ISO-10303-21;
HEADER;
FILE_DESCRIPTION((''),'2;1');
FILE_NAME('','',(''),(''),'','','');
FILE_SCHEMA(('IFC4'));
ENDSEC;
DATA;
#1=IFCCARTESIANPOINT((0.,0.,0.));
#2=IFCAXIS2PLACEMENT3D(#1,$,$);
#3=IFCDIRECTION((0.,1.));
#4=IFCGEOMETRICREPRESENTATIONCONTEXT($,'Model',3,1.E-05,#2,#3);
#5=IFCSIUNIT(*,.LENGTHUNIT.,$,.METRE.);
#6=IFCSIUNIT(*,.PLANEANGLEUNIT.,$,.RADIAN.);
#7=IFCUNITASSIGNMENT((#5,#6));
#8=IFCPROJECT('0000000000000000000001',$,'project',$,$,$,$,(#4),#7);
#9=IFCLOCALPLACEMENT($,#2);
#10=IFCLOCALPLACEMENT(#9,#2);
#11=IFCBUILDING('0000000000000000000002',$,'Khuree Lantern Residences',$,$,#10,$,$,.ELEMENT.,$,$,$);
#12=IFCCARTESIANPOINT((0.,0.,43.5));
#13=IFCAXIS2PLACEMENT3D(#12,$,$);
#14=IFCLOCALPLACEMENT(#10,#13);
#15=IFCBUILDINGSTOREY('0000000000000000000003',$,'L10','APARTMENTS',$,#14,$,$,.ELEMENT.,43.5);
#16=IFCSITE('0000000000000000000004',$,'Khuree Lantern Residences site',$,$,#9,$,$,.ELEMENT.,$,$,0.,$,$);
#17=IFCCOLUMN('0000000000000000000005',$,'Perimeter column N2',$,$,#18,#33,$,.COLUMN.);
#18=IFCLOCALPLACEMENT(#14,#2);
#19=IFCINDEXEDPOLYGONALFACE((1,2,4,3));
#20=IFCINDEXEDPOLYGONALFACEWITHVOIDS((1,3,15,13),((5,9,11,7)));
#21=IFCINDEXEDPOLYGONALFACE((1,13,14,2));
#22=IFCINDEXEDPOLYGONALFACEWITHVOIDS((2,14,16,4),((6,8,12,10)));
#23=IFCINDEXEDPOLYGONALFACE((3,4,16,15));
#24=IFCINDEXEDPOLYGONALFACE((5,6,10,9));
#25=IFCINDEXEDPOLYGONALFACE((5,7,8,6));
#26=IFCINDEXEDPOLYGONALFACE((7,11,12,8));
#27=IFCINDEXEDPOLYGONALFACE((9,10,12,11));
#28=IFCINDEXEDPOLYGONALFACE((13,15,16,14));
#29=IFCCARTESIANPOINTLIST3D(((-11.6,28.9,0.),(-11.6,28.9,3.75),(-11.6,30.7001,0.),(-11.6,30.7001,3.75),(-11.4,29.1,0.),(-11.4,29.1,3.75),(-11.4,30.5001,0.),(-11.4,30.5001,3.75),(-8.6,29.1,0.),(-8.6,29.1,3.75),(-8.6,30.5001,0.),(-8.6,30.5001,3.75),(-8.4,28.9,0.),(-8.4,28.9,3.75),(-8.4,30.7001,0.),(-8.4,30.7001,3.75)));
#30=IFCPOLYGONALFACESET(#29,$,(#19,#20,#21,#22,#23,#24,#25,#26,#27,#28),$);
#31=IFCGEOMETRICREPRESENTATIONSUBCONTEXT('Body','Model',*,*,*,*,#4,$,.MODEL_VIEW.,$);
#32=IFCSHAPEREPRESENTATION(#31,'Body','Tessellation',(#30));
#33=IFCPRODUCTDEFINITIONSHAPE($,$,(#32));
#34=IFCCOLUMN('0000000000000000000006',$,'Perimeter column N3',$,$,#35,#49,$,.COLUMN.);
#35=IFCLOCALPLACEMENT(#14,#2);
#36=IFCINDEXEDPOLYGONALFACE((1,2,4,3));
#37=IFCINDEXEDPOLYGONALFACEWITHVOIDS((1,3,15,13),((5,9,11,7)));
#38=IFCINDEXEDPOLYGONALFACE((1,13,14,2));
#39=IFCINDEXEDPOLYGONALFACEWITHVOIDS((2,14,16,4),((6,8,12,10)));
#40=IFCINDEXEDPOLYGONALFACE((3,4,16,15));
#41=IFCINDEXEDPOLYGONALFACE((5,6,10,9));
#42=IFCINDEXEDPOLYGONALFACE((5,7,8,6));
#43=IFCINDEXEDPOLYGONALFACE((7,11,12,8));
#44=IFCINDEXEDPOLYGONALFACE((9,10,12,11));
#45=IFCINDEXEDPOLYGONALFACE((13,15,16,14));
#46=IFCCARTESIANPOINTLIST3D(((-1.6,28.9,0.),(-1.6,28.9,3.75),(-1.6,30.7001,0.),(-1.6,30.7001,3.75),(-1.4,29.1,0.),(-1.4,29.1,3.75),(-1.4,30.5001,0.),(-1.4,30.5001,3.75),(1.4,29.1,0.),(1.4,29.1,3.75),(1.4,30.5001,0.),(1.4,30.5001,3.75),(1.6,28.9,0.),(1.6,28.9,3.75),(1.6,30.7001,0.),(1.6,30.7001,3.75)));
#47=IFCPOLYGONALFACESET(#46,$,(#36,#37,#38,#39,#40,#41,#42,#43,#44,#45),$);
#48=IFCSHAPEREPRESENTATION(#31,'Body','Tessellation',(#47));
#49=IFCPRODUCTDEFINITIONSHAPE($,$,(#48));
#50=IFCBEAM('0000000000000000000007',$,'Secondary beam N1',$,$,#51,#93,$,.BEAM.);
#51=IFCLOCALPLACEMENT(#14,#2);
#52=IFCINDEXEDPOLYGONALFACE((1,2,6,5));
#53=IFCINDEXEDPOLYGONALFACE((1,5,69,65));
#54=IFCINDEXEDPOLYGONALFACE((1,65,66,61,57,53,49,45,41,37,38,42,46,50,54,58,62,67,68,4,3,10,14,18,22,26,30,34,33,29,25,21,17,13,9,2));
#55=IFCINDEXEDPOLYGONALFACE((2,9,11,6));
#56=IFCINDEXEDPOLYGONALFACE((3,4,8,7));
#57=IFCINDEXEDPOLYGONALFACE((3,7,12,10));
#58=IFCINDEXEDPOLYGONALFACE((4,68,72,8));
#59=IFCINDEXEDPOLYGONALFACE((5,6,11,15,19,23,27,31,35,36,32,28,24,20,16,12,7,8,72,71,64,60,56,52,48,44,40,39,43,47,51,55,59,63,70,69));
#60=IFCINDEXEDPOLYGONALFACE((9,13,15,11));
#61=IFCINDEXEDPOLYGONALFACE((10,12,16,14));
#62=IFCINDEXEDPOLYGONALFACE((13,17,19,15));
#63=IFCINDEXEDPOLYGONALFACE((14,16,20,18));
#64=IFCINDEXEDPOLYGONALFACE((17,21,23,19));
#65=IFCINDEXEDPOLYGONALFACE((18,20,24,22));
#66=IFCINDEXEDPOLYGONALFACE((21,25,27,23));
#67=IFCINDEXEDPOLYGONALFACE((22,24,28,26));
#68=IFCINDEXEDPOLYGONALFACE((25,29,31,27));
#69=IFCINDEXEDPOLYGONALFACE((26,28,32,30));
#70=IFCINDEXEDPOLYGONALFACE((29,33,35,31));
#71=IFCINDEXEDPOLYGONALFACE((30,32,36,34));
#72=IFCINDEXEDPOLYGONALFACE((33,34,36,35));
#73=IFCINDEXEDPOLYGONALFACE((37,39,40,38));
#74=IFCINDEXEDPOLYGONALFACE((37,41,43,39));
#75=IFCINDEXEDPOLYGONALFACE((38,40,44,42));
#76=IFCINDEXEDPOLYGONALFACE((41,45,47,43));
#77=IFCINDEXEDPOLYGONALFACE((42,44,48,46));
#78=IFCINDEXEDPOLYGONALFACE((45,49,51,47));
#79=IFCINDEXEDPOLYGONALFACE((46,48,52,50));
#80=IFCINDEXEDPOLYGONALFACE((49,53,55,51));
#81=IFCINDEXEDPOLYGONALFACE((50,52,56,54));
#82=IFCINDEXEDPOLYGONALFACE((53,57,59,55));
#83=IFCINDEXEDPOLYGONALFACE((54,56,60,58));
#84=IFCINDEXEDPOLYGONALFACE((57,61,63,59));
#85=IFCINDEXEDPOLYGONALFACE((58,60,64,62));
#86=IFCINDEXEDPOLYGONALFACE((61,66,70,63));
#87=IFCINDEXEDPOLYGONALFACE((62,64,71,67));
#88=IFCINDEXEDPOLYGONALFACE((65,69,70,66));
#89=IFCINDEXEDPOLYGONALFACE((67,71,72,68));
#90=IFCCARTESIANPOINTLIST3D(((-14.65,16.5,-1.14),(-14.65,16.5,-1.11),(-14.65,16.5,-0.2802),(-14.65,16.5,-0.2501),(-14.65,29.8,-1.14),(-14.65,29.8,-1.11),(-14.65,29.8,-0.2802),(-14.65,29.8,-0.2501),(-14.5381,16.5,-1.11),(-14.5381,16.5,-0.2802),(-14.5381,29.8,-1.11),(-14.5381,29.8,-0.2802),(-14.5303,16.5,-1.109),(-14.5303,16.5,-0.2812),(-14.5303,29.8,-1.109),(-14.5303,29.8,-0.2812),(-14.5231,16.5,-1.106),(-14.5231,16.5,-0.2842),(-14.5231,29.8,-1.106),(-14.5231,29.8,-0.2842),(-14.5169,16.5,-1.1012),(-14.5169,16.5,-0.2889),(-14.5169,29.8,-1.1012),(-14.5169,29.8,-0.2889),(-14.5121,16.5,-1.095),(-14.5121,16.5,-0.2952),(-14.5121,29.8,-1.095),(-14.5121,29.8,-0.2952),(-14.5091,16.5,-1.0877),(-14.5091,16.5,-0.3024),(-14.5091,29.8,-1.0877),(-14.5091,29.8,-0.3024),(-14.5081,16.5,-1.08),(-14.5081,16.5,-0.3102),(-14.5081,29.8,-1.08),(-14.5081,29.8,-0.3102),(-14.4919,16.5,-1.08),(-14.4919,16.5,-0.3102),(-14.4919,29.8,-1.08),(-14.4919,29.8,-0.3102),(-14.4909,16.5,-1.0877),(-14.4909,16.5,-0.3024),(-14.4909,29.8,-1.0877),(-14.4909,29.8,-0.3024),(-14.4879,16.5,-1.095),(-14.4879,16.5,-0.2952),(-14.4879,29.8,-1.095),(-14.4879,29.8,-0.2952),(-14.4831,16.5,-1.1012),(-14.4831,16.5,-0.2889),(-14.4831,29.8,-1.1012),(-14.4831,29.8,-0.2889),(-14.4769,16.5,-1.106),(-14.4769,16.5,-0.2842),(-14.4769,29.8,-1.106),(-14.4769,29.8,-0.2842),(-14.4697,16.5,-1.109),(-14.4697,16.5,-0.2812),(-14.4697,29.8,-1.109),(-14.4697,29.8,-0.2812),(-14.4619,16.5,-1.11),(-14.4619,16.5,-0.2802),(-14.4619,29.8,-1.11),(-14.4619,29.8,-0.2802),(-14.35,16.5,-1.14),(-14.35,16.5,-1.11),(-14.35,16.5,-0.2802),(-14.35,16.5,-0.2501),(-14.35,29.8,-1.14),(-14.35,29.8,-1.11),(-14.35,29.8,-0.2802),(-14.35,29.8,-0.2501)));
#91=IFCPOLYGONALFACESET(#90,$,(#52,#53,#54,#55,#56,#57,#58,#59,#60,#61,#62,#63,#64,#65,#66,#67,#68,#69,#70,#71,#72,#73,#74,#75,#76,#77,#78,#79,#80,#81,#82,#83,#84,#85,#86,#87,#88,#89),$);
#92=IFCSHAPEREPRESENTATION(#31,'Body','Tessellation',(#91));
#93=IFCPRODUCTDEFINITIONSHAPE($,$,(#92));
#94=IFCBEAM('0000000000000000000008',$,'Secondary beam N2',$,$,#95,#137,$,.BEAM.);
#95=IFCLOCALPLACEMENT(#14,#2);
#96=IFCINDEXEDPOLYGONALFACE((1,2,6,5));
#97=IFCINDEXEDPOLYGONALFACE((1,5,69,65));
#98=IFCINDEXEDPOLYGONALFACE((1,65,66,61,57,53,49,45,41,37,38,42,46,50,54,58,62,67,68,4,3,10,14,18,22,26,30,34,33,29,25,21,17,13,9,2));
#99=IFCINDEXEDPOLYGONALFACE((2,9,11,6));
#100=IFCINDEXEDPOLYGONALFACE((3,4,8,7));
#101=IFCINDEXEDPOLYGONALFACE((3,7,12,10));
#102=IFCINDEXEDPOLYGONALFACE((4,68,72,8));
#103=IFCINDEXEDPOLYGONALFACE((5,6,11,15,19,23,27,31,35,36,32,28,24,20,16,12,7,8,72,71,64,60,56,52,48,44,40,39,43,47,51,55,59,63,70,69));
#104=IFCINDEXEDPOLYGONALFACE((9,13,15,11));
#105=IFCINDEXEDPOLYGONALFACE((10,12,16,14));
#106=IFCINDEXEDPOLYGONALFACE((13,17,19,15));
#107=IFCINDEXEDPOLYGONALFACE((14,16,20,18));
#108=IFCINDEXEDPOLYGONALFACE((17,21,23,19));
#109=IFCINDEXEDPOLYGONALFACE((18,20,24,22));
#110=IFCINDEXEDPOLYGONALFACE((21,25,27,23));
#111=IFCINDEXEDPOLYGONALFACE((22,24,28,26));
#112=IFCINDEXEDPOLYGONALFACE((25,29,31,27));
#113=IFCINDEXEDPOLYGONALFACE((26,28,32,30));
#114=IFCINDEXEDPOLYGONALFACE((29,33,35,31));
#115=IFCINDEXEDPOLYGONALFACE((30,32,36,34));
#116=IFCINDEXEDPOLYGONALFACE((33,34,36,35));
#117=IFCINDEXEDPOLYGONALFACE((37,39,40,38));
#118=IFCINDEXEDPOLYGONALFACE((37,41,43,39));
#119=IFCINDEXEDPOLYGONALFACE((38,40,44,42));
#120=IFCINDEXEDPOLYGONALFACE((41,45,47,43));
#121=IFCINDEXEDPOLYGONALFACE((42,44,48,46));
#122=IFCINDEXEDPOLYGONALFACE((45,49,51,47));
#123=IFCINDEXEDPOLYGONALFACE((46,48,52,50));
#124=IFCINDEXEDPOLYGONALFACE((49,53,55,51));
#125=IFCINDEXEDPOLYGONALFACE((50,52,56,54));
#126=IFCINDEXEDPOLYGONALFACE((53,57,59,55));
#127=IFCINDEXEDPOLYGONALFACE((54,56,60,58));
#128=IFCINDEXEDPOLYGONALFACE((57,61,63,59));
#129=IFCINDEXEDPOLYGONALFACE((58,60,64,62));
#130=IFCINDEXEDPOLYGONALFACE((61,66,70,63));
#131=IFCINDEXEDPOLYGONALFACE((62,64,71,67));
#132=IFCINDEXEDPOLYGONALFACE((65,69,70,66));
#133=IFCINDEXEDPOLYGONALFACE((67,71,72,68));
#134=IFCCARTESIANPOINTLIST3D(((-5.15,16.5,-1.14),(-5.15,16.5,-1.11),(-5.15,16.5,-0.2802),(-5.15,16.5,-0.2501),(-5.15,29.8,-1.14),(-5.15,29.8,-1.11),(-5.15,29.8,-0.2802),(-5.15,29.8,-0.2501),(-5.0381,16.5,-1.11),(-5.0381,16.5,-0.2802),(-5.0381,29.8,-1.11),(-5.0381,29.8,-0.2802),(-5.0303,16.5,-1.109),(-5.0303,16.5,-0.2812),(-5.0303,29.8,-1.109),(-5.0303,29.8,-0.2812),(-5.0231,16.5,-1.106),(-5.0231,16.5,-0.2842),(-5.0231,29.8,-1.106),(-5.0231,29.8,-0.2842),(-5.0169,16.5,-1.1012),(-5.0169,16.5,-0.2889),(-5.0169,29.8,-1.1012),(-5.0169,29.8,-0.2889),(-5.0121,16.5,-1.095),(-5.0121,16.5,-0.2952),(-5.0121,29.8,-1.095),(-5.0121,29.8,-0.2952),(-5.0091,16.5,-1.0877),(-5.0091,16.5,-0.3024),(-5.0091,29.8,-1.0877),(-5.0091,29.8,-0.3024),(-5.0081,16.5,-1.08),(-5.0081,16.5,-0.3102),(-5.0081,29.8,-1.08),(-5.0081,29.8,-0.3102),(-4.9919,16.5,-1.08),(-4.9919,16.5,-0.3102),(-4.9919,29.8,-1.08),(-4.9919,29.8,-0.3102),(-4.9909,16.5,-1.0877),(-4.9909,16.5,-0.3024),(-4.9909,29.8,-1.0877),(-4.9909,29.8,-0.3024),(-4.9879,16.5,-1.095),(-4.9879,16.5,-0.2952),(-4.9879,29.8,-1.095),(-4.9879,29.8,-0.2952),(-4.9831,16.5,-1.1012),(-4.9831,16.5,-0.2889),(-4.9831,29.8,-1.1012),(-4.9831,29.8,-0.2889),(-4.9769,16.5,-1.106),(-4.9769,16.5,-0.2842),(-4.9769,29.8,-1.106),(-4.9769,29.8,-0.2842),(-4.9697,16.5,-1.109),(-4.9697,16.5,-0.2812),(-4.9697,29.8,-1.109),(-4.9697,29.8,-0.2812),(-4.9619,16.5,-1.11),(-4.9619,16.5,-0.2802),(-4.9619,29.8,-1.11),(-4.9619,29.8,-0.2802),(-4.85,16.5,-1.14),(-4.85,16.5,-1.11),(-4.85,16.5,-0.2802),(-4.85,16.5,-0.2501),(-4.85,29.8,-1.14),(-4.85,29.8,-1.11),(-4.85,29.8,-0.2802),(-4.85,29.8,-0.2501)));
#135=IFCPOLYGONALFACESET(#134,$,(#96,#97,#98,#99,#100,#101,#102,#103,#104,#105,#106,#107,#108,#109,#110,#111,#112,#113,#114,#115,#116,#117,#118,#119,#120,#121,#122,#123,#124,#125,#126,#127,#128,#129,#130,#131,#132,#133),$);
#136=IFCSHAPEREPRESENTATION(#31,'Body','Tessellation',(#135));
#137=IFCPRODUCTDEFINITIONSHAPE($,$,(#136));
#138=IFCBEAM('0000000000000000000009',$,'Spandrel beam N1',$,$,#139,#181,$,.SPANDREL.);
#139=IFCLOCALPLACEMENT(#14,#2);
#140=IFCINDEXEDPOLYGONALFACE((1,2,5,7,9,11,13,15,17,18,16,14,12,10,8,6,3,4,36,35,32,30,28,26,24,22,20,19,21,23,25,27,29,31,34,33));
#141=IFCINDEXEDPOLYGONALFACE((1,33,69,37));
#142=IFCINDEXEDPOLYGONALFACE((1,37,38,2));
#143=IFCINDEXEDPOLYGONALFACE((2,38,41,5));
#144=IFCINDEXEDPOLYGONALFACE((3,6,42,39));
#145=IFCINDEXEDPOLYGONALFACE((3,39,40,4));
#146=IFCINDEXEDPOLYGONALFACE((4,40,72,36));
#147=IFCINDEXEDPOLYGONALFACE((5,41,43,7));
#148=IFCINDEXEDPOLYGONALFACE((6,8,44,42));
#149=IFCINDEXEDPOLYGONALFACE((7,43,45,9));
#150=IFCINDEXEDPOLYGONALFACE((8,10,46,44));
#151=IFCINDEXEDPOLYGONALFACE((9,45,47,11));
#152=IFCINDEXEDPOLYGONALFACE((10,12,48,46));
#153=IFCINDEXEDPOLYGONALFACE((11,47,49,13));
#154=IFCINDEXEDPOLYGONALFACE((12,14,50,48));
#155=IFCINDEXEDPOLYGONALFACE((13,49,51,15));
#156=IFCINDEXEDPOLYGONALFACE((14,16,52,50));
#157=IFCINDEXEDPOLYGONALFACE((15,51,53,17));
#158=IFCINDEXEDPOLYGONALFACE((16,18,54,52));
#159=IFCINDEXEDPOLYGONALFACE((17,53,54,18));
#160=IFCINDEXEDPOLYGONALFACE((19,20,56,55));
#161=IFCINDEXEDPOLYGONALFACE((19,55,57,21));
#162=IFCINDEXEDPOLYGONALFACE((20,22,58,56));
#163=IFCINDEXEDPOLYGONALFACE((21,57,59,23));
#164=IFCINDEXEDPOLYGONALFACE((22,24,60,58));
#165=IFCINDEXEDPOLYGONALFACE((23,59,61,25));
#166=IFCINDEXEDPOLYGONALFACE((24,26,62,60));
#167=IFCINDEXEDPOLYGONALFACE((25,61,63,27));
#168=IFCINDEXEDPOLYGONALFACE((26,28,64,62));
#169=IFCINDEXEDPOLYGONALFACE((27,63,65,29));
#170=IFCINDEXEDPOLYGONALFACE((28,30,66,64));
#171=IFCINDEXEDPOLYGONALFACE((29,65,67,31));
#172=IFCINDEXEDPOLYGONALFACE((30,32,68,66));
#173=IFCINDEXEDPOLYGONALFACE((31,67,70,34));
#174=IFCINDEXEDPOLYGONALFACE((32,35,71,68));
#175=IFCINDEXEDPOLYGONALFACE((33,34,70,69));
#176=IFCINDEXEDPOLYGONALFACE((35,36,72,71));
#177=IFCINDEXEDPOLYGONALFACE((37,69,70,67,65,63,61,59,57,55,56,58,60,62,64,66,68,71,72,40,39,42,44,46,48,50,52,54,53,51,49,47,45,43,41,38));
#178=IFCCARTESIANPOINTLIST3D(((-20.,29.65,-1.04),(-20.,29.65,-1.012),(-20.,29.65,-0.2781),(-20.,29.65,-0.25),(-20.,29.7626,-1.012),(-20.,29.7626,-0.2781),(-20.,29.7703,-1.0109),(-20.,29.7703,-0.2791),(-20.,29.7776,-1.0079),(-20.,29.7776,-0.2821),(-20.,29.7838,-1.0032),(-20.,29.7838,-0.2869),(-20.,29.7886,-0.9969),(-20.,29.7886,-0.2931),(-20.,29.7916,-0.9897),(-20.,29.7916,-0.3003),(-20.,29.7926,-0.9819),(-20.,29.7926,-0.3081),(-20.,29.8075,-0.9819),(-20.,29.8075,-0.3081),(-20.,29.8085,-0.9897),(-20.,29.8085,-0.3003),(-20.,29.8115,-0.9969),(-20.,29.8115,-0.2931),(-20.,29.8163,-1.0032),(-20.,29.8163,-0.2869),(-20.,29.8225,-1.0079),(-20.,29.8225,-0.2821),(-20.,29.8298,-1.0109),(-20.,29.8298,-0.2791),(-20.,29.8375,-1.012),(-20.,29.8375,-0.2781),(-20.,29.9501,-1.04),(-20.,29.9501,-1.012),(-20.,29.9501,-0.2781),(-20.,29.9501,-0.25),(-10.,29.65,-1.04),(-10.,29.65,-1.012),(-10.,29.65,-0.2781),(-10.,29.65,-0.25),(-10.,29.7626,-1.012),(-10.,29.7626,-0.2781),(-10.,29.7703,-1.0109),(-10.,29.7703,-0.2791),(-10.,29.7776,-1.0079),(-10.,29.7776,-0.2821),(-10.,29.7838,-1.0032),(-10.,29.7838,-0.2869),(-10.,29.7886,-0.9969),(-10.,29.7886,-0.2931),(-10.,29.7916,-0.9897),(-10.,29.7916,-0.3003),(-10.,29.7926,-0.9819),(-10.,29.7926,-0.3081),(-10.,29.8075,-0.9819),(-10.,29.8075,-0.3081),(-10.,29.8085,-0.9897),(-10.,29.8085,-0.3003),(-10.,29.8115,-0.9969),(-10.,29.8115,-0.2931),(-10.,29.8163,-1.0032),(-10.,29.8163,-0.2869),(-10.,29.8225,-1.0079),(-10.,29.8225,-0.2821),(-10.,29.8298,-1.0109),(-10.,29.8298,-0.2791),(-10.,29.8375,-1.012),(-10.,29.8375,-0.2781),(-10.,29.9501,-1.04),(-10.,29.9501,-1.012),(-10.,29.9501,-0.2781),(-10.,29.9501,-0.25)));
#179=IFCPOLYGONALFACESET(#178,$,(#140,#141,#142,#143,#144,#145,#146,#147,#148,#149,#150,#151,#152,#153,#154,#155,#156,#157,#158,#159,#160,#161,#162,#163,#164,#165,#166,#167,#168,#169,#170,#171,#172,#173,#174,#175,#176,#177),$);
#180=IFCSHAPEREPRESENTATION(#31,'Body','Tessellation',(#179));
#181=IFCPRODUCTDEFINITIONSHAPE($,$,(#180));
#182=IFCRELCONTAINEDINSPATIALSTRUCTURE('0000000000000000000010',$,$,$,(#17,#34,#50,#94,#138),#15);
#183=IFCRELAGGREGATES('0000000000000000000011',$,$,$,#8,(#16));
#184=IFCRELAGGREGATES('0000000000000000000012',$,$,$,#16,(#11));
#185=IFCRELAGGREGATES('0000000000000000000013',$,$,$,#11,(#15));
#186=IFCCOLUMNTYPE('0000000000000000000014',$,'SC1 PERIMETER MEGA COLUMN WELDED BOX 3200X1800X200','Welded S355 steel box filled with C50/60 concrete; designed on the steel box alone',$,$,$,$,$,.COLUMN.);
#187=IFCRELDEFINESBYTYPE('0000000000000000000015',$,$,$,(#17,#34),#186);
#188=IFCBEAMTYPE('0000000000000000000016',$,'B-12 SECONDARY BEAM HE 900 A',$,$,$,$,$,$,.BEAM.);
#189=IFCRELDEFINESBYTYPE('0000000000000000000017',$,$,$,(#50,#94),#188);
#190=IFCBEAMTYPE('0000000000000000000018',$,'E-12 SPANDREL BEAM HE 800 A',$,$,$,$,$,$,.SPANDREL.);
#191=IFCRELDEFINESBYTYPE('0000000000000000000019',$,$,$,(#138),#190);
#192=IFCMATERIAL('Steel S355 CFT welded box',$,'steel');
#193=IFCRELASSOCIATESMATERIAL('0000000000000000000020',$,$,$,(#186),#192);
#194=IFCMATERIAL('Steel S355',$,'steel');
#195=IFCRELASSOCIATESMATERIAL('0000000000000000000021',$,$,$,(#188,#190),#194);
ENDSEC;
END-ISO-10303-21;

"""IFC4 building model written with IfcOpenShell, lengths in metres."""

from ifc_helpers import new_model, si_unit, direction, frame, origin, origin_2d, place, context, subcontext, project, spatial, hollow_rectangle, i_section, extrude, material, material_profile, profile_set, type_object, element, save


model = new_model("IFC4")

# Units and contexts
model_context = context("Model", 3, precision=1e-05, world=origin(), true_north=direction((0.0, 1.0)))
body_context = subcontext(model_context, "Body", "Model", "MODEL_VIEW")
ifc_project = project(units=[si_unit("LENGTHUNIT", "METRE"), si_unit("PLANEANGLEUNIT", "RADIAN")], contexts=[model_context])

# Site, building, storey
site_placement = place(None, origin())
site = spatial("IfcSite", under=ifc_project, at=site_placement, Name="Khuree Lantern Residences site", CompositionType="ELEMENT", RefElevation=0.0)
building_placement = place(site_placement, origin())
building = spatial("IfcBuilding", under=site, at=building_placement, Name="Khuree Lantern Residences", CompositionType="ELEMENT")
storey_placement = place(building_placement, frame((0.0, 0.0, 43.5)))
storey = spatial("IfcBuildingStorey", under=building, at=storey_placement, Name="L10", Description="APARTMENTS", CompositionType="ELEMENT", Elevation=43.5)

# Columns
ifc_material_1 = material(Name="Steel S355 CFT welded box", Category="steel")
ifc_material_profile_1 = material_profile(ifc_material_1, hollow_rectangle(XDim=3.2, YDim=1.8, WallThickness=0.2, at=origin_2d()), Name="WELDED BOX 3200X1800X200")
ifc_profile_set_1 = profile_set([ifc_material_profile_1], Name="Steel S355 CFT welded box")
column_type = type_object("IfcColumnType", Name="SC1 PERIMETER MEGA COLUMN WELDED BOX 3200X1800X200", Description="Welded S355 steel box filled with C50/60 concrete; designed on the steel box alone", PredefinedType="COLUMN", material=ifc_profile_set_1)
for number, where, z_axis, x_axis, name in (
    (1, (-10.0, 29.8, 0.0), (0.0, 0.0, 1.0), (1.0, 0.0, 0.0), "Perimeter column N2"),
    (2, (0.0, 29.8, 0.0), (0.0, 0.0, 1.0), (1.0, 0.0, 0.0), "Perimeter column N3"),
):
    element("IfcColumn", number, at=place(storey_placement, frame(where, z_axis=z_axis, x_axis=x_axis)), inside=storey, type_object=column_type, Name=name, PredefinedType="COLUMN", context=body_context, shape_type="SweptSolid", body=[
        extrude(hollow_rectangle(XDim=3.2, YDim=1.8, WallThickness=0.2, at=origin_2d()), origin(), (0.0, 0.0, 1.0), 3.75),
    ])

# Beams
ifc_material_2 = material(Name="Steel S355", Category="steel")
ifc_material_profile_2 = material_profile(ifc_material_2, i_section(OverallWidth=0.3, OverallDepth=0.8899, WebThickness=0.0161, FlangeThickness=0.03, FilletRadius=0.03, at=origin_2d()), Name="HE 900 A")
ifc_profile_set_2 = profile_set([ifc_material_profile_2], Name="Steel S355")
beam_type_1 = type_object("IfcBeamType", Name="B-12 SECONDARY BEAM HE 900 A", PredefinedType="BEAM", material=ifc_profile_set_2)
for number, where, z_axis, x_axis, name in (
    (3, (-14.5, 29.8, -0.6951), (0.0, -1.0, 0.0), (1.0, 0.0, 0.0), "Secondary beam N1"),
    (4, (-5.0, 29.8, -0.6951), (0.0, -1.0, 0.0), (1.0, 0.0, 0.0), "Secondary beam N2"),
):
    element("IfcBeam", number, at=place(storey_placement, frame(where, z_axis=z_axis, x_axis=x_axis)), inside=storey, type_object=beam_type_1, Name=name, PredefinedType="BEAM", context=body_context, shape_type="SweptSolid", body=[
        extrude(i_section(OverallWidth=0.3, OverallDepth=0.8899, WebThickness=0.0161, FlangeThickness=0.03, FilletRadius=0.03, at=origin_2d()), origin(), (0.0, 0.0, 1.0), 13.3),
    ])
ifc_material_profile_3 = material_profile(ifc_material_2, i_section(OverallWidth=0.3, OverallDepth=0.79, WebThickness=0.0149, FlangeThickness=0.0281, FilletRadius=0.03, at=origin_2d()), Name="HE 800 A")
ifc_profile_set_3 = profile_set([ifc_material_profile_3], Name="Steel S355")
beam_type_2 = type_object("IfcBeamType", Name="E-12 SPANDREL BEAM HE 800 A", PredefinedType="SPANDREL", material=ifc_profile_set_3)
for number, where, z_axis, x_axis, name in (
    (5, (-20.0, 29.8, -0.645), (1.0, 0.0, 0.0), (0.0, 1.0, 0.0), "Spandrel beam N1"),
):
    element("IfcBeam", number, at=place(storey_placement, frame(where, z_axis=z_axis, x_axis=x_axis)), inside=storey, type_object=beam_type_2, Name=name, PredefinedType="SPANDREL", context=body_context, shape_type="SweptSolid", body=[
        extrude(i_section(OverallWidth=0.3, OverallDepth=0.79, WebThickness=0.0149, FlangeThickness=0.0281, FilletRadius=0.03, at=origin_2d()), origin(), (0.0, 0.0, 1.0), 10.0),
    ])

save(model, "model.ifc")
